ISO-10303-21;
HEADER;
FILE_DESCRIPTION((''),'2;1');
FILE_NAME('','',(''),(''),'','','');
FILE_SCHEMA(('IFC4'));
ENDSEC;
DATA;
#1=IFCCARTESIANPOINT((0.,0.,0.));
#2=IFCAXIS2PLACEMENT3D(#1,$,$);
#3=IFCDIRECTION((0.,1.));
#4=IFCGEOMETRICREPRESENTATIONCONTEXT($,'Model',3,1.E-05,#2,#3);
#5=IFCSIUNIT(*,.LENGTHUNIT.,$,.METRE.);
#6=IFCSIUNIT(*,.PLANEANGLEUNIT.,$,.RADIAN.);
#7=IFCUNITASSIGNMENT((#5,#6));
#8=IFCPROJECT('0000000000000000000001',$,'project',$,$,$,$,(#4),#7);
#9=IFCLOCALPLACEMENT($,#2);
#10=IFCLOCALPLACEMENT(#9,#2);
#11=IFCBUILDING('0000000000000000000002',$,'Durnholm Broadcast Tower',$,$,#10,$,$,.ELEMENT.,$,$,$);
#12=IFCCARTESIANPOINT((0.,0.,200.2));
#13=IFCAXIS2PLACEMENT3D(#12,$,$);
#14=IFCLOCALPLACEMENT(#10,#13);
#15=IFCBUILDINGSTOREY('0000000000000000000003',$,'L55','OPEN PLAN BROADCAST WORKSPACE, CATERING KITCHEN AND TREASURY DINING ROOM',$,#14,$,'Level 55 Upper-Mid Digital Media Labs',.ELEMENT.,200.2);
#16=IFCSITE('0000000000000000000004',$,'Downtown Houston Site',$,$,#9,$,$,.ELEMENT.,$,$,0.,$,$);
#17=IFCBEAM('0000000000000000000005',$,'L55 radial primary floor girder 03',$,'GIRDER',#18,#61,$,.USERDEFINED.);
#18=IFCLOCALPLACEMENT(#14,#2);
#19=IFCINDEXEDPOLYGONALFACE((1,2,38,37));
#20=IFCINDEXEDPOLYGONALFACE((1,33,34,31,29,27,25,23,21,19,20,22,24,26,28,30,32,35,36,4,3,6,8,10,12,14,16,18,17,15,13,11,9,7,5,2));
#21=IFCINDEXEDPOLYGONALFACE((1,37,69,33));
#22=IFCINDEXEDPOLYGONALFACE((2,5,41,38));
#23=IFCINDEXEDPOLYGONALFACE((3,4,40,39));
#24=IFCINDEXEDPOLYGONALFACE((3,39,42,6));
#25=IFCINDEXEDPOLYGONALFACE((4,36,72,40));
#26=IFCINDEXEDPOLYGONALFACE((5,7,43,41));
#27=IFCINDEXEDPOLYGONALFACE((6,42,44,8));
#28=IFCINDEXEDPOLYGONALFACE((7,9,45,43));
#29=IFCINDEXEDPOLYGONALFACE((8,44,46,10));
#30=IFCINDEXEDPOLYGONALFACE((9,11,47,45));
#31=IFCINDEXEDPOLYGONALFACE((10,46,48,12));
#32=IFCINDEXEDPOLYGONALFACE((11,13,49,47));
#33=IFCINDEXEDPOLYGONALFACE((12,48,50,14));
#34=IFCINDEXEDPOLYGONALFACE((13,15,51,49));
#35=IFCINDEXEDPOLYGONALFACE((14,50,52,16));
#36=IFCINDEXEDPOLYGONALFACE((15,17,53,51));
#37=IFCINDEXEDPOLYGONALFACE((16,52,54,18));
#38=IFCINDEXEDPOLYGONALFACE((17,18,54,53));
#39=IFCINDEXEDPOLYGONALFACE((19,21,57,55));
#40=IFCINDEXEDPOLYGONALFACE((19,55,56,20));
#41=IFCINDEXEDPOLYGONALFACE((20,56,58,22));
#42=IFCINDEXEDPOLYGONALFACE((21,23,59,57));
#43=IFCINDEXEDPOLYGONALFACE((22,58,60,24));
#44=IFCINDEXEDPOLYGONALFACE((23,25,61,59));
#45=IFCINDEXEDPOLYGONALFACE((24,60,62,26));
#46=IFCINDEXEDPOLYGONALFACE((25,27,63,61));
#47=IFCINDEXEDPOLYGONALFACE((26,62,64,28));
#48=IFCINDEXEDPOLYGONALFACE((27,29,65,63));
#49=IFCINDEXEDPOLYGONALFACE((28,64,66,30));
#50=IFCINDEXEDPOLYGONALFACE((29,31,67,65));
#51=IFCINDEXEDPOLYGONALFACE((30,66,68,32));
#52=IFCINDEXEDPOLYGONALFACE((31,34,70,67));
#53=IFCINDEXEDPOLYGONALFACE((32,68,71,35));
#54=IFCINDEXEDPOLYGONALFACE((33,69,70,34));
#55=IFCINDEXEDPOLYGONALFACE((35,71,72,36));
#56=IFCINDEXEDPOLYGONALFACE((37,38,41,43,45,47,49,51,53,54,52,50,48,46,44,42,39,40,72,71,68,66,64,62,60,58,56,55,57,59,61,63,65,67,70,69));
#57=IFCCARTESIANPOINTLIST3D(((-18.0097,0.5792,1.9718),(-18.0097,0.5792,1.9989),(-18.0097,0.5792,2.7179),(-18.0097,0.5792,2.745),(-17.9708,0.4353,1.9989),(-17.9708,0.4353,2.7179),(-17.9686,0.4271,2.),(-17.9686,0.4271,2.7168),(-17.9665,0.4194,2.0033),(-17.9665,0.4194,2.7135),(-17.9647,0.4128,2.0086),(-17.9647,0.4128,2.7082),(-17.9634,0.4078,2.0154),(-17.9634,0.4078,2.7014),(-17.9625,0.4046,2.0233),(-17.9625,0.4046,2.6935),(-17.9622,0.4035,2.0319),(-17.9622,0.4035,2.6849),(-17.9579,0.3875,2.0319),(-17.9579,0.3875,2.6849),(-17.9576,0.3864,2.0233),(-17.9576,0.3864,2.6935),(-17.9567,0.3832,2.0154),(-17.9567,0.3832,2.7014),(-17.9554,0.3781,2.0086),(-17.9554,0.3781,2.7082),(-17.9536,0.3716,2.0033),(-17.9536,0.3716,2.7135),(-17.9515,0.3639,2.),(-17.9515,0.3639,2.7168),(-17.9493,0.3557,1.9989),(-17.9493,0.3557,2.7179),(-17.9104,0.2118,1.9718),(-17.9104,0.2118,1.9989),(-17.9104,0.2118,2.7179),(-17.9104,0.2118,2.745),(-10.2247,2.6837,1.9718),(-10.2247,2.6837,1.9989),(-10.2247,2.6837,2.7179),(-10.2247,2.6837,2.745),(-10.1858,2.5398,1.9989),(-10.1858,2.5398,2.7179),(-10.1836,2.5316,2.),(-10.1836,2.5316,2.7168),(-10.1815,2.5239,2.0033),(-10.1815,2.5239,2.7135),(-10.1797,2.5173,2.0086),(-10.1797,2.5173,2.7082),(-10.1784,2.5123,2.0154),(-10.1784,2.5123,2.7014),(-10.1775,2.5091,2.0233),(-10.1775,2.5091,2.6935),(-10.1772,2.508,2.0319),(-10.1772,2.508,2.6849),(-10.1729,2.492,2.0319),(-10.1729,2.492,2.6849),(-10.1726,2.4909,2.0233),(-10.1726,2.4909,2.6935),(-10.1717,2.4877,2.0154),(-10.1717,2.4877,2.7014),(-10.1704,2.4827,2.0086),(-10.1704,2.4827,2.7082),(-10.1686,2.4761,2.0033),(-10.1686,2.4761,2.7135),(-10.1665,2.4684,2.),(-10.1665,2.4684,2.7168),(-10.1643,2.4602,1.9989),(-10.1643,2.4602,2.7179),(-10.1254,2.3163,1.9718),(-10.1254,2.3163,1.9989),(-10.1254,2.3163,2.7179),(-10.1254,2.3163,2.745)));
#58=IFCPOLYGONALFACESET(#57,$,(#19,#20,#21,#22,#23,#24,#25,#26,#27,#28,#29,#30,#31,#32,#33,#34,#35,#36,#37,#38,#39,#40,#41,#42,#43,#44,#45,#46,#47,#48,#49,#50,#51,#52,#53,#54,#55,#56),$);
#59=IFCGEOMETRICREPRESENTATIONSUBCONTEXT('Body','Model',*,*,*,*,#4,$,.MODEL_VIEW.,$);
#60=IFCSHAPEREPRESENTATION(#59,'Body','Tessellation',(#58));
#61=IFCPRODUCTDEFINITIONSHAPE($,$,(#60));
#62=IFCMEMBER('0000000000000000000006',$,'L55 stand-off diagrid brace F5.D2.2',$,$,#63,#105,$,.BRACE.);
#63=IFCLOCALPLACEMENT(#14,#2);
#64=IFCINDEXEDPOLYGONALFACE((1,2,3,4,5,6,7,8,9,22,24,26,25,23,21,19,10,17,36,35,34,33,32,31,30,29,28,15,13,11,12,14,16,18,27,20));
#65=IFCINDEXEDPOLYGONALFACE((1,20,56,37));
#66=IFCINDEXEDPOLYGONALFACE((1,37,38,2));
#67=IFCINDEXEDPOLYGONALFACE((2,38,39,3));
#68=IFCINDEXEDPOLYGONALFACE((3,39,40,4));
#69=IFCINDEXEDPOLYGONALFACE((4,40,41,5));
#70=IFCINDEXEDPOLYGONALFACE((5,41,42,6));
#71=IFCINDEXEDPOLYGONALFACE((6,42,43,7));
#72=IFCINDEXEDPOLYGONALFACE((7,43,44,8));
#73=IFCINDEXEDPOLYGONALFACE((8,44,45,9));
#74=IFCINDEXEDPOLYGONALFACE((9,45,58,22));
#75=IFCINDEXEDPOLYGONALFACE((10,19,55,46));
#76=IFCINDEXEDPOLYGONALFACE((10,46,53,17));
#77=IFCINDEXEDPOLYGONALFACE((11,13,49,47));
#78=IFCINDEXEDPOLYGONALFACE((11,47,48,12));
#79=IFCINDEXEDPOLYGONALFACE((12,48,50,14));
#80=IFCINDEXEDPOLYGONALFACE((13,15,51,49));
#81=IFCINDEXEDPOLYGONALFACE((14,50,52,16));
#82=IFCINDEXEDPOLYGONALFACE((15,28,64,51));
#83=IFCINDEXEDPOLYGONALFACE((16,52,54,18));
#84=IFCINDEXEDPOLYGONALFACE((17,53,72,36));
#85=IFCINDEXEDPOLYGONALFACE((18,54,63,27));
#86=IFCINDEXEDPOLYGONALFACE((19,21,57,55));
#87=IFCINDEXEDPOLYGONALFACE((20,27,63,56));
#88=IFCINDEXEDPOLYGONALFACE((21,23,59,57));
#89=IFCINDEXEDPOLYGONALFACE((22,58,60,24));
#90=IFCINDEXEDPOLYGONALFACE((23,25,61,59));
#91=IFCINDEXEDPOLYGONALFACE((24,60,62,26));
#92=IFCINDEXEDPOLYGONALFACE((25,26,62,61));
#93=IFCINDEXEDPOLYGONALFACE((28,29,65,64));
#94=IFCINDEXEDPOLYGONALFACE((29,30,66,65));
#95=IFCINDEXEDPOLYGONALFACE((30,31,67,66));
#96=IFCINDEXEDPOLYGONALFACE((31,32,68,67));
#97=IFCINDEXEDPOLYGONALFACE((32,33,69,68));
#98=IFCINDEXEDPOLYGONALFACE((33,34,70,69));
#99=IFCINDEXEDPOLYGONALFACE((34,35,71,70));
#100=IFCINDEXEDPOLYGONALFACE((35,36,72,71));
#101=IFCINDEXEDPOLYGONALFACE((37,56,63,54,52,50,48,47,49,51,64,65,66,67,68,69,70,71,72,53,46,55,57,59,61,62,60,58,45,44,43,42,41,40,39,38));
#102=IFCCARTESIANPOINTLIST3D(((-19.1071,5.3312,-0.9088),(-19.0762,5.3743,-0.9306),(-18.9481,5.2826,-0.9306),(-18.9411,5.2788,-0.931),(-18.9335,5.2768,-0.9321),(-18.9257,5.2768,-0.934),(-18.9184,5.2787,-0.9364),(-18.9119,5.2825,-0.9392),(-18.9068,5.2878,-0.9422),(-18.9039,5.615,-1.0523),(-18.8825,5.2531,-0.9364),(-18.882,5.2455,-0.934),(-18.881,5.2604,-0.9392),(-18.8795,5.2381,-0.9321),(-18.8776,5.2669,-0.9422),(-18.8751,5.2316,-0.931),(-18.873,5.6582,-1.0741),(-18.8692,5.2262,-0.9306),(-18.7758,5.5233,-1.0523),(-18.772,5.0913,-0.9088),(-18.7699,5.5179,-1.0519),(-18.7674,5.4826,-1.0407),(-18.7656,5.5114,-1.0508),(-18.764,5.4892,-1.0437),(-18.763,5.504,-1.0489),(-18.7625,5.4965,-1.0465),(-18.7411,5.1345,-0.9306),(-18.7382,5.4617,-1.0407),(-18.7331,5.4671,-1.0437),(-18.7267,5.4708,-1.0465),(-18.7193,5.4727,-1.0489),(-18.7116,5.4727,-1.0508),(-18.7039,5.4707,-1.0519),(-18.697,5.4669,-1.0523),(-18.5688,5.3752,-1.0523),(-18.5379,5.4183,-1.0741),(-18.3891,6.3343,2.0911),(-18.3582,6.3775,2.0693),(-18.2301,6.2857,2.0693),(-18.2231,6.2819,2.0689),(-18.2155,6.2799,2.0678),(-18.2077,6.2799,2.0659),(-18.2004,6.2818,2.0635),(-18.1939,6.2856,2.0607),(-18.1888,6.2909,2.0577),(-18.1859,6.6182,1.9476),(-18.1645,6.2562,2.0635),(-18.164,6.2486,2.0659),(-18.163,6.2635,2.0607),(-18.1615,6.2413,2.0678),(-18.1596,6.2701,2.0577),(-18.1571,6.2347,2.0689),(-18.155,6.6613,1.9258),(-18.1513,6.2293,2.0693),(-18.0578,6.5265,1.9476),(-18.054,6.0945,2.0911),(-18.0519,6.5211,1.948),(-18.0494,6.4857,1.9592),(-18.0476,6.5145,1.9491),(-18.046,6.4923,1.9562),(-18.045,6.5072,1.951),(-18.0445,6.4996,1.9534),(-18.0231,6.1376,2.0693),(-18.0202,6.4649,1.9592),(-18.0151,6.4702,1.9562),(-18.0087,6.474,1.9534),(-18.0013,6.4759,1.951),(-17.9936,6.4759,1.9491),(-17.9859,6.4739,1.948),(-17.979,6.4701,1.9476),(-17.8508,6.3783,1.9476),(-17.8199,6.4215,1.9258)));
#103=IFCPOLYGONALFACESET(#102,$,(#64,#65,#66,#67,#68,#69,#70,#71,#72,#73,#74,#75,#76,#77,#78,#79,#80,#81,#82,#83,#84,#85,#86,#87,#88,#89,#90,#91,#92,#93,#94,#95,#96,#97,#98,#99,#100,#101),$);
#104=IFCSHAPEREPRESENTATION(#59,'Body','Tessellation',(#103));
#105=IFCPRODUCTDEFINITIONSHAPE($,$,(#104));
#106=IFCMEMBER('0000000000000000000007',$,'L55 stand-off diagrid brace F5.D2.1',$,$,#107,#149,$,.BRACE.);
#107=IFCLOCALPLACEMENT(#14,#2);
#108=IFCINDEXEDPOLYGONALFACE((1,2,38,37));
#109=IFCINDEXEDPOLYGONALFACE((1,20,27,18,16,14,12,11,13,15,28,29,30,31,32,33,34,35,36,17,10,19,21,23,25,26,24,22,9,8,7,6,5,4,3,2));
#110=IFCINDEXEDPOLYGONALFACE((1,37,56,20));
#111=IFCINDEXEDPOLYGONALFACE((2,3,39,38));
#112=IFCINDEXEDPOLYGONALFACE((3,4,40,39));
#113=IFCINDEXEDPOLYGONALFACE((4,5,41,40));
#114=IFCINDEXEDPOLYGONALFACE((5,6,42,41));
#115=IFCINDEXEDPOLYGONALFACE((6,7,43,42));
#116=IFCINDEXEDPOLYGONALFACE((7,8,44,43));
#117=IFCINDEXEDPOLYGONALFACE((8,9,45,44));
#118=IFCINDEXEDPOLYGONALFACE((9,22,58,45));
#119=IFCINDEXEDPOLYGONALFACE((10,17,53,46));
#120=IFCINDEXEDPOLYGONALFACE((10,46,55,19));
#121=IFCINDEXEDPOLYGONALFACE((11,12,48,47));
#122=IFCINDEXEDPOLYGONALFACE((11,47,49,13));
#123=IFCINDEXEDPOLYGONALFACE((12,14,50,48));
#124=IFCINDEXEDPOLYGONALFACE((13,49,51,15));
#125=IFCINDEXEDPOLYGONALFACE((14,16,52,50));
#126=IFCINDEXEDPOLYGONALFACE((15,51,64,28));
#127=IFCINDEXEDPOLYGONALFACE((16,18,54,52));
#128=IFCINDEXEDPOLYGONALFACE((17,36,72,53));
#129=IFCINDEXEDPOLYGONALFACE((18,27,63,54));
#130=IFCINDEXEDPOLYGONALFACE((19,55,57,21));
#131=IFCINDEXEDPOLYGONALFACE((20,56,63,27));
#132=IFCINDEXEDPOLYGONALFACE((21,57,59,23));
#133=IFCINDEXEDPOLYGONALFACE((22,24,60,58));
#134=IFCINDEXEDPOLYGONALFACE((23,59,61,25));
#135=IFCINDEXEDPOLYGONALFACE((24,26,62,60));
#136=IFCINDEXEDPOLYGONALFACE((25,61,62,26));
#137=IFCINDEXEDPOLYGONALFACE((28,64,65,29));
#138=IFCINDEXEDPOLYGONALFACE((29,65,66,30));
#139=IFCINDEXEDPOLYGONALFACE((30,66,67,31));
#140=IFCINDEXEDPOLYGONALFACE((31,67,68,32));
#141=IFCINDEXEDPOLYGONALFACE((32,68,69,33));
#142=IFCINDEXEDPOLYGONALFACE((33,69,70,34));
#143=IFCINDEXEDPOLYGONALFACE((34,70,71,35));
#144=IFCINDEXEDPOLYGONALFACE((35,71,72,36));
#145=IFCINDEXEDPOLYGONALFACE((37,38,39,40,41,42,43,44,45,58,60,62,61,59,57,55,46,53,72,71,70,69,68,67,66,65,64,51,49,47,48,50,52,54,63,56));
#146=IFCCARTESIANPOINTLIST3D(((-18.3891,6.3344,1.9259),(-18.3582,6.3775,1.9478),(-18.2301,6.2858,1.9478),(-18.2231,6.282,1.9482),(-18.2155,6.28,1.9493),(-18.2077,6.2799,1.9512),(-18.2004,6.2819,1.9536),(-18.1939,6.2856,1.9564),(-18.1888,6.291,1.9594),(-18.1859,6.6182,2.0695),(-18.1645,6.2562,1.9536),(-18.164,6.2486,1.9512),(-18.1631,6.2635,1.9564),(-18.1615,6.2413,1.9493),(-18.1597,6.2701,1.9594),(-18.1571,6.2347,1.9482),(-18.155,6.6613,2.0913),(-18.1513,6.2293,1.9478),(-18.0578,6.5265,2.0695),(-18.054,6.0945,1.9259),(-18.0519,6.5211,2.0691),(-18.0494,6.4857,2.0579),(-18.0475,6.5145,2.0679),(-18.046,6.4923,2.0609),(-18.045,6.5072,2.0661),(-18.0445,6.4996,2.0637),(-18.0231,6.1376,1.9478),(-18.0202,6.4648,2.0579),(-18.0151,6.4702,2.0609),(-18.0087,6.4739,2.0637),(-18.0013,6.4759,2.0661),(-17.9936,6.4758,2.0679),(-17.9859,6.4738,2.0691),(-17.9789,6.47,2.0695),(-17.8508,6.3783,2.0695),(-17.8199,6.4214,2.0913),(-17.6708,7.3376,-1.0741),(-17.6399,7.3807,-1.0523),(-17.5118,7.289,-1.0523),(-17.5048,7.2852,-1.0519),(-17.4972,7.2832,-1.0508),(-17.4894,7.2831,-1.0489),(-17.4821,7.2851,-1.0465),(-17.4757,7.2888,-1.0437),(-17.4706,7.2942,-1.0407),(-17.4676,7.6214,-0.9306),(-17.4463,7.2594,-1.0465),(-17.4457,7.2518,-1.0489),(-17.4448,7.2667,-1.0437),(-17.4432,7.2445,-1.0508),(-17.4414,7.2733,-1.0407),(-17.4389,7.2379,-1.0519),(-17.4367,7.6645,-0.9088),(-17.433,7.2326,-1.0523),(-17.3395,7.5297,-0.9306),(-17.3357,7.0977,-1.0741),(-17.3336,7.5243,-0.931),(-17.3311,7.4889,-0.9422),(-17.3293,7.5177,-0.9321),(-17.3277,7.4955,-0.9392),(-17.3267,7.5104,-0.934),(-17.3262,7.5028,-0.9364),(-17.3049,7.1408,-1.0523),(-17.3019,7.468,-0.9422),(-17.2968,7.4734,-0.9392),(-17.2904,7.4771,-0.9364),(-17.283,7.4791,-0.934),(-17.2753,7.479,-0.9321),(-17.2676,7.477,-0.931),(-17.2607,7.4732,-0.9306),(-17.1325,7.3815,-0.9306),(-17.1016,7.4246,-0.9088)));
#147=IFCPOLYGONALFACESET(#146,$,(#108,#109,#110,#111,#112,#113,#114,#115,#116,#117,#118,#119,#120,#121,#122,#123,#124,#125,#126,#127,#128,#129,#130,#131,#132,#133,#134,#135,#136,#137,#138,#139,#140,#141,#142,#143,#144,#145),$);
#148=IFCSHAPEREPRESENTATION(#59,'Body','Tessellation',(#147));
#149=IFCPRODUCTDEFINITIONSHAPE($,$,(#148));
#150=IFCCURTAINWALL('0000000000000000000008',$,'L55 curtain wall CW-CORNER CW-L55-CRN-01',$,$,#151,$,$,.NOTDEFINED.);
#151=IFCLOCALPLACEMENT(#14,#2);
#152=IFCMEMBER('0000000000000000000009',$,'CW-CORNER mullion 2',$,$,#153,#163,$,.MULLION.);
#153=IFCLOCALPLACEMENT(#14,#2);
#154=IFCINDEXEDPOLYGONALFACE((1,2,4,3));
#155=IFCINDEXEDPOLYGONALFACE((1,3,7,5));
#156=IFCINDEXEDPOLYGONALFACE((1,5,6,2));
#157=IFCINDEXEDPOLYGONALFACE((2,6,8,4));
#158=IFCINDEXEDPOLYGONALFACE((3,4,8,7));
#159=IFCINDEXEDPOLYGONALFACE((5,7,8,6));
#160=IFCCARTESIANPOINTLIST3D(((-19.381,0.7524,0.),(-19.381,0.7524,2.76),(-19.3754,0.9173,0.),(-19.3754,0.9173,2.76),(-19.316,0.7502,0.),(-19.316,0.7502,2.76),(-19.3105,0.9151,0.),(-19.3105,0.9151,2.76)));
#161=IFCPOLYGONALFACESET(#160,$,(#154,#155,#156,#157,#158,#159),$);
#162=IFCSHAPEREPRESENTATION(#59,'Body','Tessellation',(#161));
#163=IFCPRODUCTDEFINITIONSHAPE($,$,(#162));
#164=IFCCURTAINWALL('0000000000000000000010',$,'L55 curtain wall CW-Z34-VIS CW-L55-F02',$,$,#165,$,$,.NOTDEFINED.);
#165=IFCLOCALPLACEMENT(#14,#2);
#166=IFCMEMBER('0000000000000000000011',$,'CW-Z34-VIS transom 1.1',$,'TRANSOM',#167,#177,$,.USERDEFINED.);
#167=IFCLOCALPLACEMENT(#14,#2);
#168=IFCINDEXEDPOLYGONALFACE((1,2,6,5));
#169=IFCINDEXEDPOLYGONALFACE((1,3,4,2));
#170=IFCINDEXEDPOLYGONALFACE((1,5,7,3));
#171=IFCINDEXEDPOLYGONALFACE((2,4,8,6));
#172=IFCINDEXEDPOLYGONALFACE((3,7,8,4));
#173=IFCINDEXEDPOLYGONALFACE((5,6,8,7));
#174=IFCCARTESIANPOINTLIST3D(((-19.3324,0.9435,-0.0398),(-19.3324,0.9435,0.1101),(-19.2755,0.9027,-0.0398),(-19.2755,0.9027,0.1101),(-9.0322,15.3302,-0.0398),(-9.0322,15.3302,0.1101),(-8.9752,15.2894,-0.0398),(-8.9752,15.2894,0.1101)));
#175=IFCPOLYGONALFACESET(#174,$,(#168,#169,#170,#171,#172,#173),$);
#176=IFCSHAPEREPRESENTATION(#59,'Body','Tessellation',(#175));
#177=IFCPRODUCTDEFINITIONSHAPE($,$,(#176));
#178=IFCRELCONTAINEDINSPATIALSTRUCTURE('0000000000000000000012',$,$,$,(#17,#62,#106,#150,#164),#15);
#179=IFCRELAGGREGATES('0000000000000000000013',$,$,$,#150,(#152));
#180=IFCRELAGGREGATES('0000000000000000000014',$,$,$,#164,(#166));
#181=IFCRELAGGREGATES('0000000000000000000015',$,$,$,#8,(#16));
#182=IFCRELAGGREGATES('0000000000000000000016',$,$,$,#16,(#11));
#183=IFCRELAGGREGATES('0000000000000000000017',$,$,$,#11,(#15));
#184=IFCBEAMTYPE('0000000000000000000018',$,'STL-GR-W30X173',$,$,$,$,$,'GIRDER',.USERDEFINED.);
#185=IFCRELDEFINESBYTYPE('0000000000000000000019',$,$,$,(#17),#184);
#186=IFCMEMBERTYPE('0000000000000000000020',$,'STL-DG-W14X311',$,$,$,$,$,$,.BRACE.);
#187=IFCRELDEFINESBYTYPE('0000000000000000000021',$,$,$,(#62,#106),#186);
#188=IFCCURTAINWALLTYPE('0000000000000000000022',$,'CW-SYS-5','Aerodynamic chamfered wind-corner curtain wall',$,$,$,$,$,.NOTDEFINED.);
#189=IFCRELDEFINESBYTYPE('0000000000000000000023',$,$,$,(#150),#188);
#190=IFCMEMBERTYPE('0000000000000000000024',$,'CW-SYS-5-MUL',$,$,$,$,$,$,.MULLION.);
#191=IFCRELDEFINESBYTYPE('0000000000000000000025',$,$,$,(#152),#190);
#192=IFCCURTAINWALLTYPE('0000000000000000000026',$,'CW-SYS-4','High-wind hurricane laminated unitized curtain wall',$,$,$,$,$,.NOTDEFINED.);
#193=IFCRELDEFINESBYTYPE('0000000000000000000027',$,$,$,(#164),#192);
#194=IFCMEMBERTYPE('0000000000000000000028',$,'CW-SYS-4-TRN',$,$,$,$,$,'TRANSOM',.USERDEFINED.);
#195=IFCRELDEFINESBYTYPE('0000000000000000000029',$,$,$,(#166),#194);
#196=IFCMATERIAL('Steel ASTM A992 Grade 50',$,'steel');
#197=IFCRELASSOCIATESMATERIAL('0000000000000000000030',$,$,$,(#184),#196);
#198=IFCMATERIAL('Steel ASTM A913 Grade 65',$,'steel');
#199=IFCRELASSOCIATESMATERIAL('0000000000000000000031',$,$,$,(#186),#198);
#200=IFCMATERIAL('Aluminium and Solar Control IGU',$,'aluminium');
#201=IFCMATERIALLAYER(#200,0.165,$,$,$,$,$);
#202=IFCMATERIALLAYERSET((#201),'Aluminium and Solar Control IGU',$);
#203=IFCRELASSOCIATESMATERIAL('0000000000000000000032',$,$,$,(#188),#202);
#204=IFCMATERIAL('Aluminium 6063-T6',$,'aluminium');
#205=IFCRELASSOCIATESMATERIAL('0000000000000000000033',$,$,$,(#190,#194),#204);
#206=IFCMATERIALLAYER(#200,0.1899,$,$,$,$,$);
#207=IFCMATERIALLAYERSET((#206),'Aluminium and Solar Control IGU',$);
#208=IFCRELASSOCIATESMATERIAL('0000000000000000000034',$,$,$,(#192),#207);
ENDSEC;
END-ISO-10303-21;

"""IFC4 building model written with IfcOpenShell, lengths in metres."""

from ifc_helpers import new_model, si_unit, direction, frame, origin, origin_2d, place, context, subcontext, project, spatial, rectangle, i_section, extrude, source, transform, mapped, material, layer, layer_set, material_profile, profile_set, type_object, type_shapes, element, aggregate, save


model = new_model("IFC4")

# Units and contexts
model_context = context("Model", 3, precision=1e-05, world=origin(), true_north=direction((0.0, 1.0)))
body_context = subcontext(model_context, "Body", "Model", "MODEL_VIEW")
ifc_project = project(units=[si_unit("LENGTHUNIT", "METRE"), si_unit("PLANEANGLEUNIT", "RADIAN")], contexts=[model_context])

# Site, building, storey
site_placement = place(None, origin())
site = spatial("IfcSite", under=ifc_project, at=site_placement, Name="Downtown Houston Site", CompositionType="ELEMENT", RefElevation=0.0)
building_placement = place(site_placement, origin())
building = spatial("IfcBuilding", under=site, at=building_placement, Name="Durnholm Broadcast Tower", CompositionType="ELEMENT")
storey_placement = place(building_placement, frame((0.0, 0.0, 200.2)))
storey = spatial("IfcBuildingStorey", under=building, at=storey_placement, Name="L55", Description="OPEN PLAN BROADCAST WORKSPACE, CATERING KITCHEN AND TREASURY DINING ROOM", LongName="Level 55 Upper-Mid Digital Media Labs", CompositionType="ELEMENT", Elevation=200.2)

# Beam
ifc_material_1 = material(Name="Steel ASTM A992 Grade 50", Category="steel")
ifc_material_profile_1 = material_profile(ifc_material_1, i_section(OverallWidth=0.3806, OverallDepth=0.7732, WebThickness=0.0166, FlangeThickness=0.0271, FilletRadius=0.033, at=origin_2d()), Name="W30X173")
ifc_profile_set_1 = profile_set([ifc_material_profile_1], Name="Steel ASTM A992 Grade 50")
beam_type_1 = type_object("IfcBeamType", Name="STL-GR-W30X173", ElementType="GIRDER", PredefinedType="USERDEFINED", material=ifc_profile_set_1)
shared_shape_1 = source(origin(), body_context, "Body", "SweptSolid", [
    extrude(i_section(OverallWidth=0.3806, OverallDepth=0.7732, WebThickness=0.0166, FlangeThickness=0.0271, FilletRadius=0.033, at=origin_2d()), origin(), (0.0, 0.0, 1.0), 8.0645),
])
beam_1_placement = place(storey_placement, frame((-10.175, 2.5, 2.3584), z_axis=(-0.965349, -0.260962, 0.0), x_axis=(0.260962, -0.965349, 0.0)))
element("IfcBeam", 1, at=beam_1_placement, inside=storey, type_object=beam_type_1, Name="L55 radial primary floor girder 03", ObjectType="GIRDER", PredefinedType="USERDEFINED", context=body_context, shape_type="MappedRepresentation", body=[
    mapped(shared_shape_1, transform((0.0, 0.0, 0.0), x_axis=(1.0, 0.0, 0.0), y_axis=(0.0, 1.0, 0.0), z_axis=(0.0, 0.0, 1.0), scale=1.0)),
])

# Members
ifc_material_2 = material(Name="Steel ASTM A913 Grade 65", Category="steel")
ifc_material_profile_2 = material_profile(ifc_material_2, i_section(OverallWidth=0.4121, OverallDepth=0.4348, WebThickness=0.0359, FlangeThickness=0.0574, FilletRadius=0.0305, at=origin_2d()), Name="W14X311")
ifc_profile_set_2 = profile_set([ifc_material_profile_2], Name="Steel ASTM A913 Grade 65")
member_type_1 = type_object("IfcMemberType", Name="STL-DG-W14X311", PredefinedType="BRACE", material=ifc_profile_set_2)
shared_shape_2 = source(origin(), body_context, "Body", "SweptSolid", [
    extrude(i_section(OverallWidth=0.4121, OverallDepth=0.4348, WebThickness=0.0359, FlangeThickness=0.0574, FilletRadius=0.0305, at=origin_2d()), origin(), (0.0, 0.0, 1.0), 3.2437),
])
member_1_placement = place(storey_placement, frame((-18.8225, 5.3748, -0.9915), z_axis=(0.221354, 0.309264, 0.924856), x_axis=(-0.813171, 0.582024, 0.0)))
element("IfcMember", 2, at=member_1_placement, inside=storey, type_object=member_type_1, Name="L55 stand-off diagrid brace F5.D2.2", PredefinedType="BRACE", context=body_context, shape_type="MappedRepresentation", body=[
    mapped(shared_shape_2, transform((0.0, 0.0, 0.0), x_axis=(1.0, 0.0, 0.0), y_axis=(0.0, 1.0, 0.0), z_axis=(0.0, 0.0, 1.0), scale=1.0)),
])
shared_shape_3 = source(origin(), body_context, "Body", "SweptSolid", [
    extrude(i_section(OverallWidth=0.4121, OverallDepth=0.4348, WebThickness=0.0359, FlangeThickness=0.0574, FilletRadius=0.0305, at=origin_2d()), origin(), (0.0, 0.0, 1.0), 3.2439),
])
type_shapes(member_type_1, [shared_shape_2, shared_shape_3])
member_2_placement = place(storey_placement, frame((-17.3862, 7.3811, -0.9915), z_axis=(-0.221426, -0.309259, 0.92484), x_axis=(0.813078, -0.582155, 0.0)))
element("IfcMember", 3, at=member_2_placement, inside=storey, type_object=member_type_1, Name="L55 stand-off diagrid brace F5.D2.1", PredefinedType="BRACE", context=body_context, shape_type="MappedRepresentation", body=[
    mapped(shared_shape_3, transform((0.0, 0.0, 0.0), x_axis=(1.0, 0.0, 0.0), y_axis=(0.0, 1.0, 0.0), z_axis=(0.0, 0.0, 1.0), scale=1.0)),
])

# Curtain wall, member
ifc_material_3 = material(Name="Aluminium and Solar Control IGU", Category="aluminium")
ifc_layer_1 = layer(ifc_material_3, 0.165)
ifc_layer_set_1 = layer_set([ifc_layer_1], Name="Aluminium and Solar Control IGU")
curtain_wall_type_1 = type_object("IfcCurtainWallType", Name="CW-SYS-5", Description="Aerodynamic chamfered wind-corner curtain wall", PredefinedType="NOTDEFINED", material=ifc_layer_set_1)
curtain_wall_1_placement = place(storey_placement, origin())
curtain_wall_1 = element("IfcCurtainWall", 4, at=curtain_wall_1_placement, inside=storey, type_object=curtain_wall_type_1, Name="L55 curtain wall CW-CORNER CW-L55-CRN-01", PredefinedType="NOTDEFINED")
ifc_material_4 = material(Name="Aluminium 6063-T6", Category="aluminium")
ifc_material_profile_3 = material_profile(ifc_material_4, rectangle(XDim=0.0649, YDim=0.165, at=origin_2d()), Name="CWM65X165")
ifc_profile_set_3 = profile_set([ifc_material_profile_3], Name="Aluminium 6063-T6")
member_type_2 = type_object("IfcMemberType", Name="CW-SYS-5-MUL", PredefinedType="MULLION", material=ifc_profile_set_3)
shared_shape_4 = source(origin(), body_context, "Body", "SweptSolid", [
    extrude(rectangle(XDim=0.0649, YDim=0.165, at=origin_2d()), origin(), (0.0, 0.0, 1.0), 2.76),
])
type_shapes(member_type_2, [shared_shape_4])
member_3_placement = place(storey_placement, frame((-19.3457, 0.8337, 0.0), z_axis=(0.0, 0.0, 1.0), x_axis=(-0.999425, 0.033913, 0.0)))
member_3 = element("IfcMember", 5, at=member_3_placement, type_object=member_type_2, Name="CW-CORNER mullion 2", PredefinedType="MULLION", context=body_context, shape_type="MappedRepresentation", body=[
    mapped(shared_shape_4, transform((0.0, 0.0, 0.0), x_axis=(1.0, 0.0, 0.0), y_axis=(0.0, 1.0, 0.0), z_axis=(0.0, 0.0, 1.0), scale=1.0)),
])
aggregate(curtain_wall_1, [member_3])

# Curtain wall, member
ifc_layer_2 = layer(ifc_material_3, 0.1899)
ifc_layer_set_2 = layer_set([ifc_layer_2], Name="Aluminium and Solar Control IGU")
curtain_wall_type_2 = type_object("IfcCurtainWallType", Name="CW-SYS-4", Description="High-wind hurricane laminated unitized curtain wall", PredefinedType="NOTDEFINED", material=ifc_layer_set_2)
curtain_wall_2_placement = place(storey_placement, origin())
curtain_wall_2 = element("IfcCurtainWall", 6, at=curtain_wall_2_placement, inside=storey, type_object=curtain_wall_type_2, Name="L55 curtain wall CW-Z34-VIS CW-L55-F02", PredefinedType="NOTDEFINED")
ifc_material_profile_4 = material_profile(ifc_material_4, rectangle(XDim=0.0701, YDim=0.1499, at=origin_2d()), Name="CWT70X150")
ifc_profile_set_4 = profile_set([ifc_material_profile_4], Name="Aluminium 6063-T6")
member_type_3 = type_object("IfcMemberType", Name="CW-SYS-4-TRN", ElementType="TRANSOM", PredefinedType="USERDEFINED", material=ifc_profile_set_4)
shared_shape_5 = source(origin(), body_context, "Body", "SweptSolid", [
    extrude(rectangle(XDim=0.0701, YDim=0.1499, at=origin_2d()), origin(), (0.0, 0.0, 1.0), 17.6938),
])
type_shapes(member_type_3, [shared_shape_5])
member_4_placement = place(storey_placement, frame((-19.304, 0.9231, 0.0352), z_axis=(0.582138, 0.81309, 0.0), x_axis=(-0.81309, 0.582138, 0.0)))
member_4 = element("IfcMember", 7, at=member_4_placement, type_object=member_type_3, Name="CW-Z34-VIS transom 1.1", ObjectType="TRANSOM", PredefinedType="USERDEFINED", context=body_context, shape_type="MappedRepresentation", body=[
    mapped(shared_shape_5, transform((0.0, 0.0, 0.0), x_axis=(1.0, 0.0, 0.0), y_axis=(0.0, 1.0, 0.0), z_axis=(0.0, 0.0, 1.0), scale=1.0)),
])

aggregate(curtain_wall_2, [member_4])

save(model, "model.ifc")
